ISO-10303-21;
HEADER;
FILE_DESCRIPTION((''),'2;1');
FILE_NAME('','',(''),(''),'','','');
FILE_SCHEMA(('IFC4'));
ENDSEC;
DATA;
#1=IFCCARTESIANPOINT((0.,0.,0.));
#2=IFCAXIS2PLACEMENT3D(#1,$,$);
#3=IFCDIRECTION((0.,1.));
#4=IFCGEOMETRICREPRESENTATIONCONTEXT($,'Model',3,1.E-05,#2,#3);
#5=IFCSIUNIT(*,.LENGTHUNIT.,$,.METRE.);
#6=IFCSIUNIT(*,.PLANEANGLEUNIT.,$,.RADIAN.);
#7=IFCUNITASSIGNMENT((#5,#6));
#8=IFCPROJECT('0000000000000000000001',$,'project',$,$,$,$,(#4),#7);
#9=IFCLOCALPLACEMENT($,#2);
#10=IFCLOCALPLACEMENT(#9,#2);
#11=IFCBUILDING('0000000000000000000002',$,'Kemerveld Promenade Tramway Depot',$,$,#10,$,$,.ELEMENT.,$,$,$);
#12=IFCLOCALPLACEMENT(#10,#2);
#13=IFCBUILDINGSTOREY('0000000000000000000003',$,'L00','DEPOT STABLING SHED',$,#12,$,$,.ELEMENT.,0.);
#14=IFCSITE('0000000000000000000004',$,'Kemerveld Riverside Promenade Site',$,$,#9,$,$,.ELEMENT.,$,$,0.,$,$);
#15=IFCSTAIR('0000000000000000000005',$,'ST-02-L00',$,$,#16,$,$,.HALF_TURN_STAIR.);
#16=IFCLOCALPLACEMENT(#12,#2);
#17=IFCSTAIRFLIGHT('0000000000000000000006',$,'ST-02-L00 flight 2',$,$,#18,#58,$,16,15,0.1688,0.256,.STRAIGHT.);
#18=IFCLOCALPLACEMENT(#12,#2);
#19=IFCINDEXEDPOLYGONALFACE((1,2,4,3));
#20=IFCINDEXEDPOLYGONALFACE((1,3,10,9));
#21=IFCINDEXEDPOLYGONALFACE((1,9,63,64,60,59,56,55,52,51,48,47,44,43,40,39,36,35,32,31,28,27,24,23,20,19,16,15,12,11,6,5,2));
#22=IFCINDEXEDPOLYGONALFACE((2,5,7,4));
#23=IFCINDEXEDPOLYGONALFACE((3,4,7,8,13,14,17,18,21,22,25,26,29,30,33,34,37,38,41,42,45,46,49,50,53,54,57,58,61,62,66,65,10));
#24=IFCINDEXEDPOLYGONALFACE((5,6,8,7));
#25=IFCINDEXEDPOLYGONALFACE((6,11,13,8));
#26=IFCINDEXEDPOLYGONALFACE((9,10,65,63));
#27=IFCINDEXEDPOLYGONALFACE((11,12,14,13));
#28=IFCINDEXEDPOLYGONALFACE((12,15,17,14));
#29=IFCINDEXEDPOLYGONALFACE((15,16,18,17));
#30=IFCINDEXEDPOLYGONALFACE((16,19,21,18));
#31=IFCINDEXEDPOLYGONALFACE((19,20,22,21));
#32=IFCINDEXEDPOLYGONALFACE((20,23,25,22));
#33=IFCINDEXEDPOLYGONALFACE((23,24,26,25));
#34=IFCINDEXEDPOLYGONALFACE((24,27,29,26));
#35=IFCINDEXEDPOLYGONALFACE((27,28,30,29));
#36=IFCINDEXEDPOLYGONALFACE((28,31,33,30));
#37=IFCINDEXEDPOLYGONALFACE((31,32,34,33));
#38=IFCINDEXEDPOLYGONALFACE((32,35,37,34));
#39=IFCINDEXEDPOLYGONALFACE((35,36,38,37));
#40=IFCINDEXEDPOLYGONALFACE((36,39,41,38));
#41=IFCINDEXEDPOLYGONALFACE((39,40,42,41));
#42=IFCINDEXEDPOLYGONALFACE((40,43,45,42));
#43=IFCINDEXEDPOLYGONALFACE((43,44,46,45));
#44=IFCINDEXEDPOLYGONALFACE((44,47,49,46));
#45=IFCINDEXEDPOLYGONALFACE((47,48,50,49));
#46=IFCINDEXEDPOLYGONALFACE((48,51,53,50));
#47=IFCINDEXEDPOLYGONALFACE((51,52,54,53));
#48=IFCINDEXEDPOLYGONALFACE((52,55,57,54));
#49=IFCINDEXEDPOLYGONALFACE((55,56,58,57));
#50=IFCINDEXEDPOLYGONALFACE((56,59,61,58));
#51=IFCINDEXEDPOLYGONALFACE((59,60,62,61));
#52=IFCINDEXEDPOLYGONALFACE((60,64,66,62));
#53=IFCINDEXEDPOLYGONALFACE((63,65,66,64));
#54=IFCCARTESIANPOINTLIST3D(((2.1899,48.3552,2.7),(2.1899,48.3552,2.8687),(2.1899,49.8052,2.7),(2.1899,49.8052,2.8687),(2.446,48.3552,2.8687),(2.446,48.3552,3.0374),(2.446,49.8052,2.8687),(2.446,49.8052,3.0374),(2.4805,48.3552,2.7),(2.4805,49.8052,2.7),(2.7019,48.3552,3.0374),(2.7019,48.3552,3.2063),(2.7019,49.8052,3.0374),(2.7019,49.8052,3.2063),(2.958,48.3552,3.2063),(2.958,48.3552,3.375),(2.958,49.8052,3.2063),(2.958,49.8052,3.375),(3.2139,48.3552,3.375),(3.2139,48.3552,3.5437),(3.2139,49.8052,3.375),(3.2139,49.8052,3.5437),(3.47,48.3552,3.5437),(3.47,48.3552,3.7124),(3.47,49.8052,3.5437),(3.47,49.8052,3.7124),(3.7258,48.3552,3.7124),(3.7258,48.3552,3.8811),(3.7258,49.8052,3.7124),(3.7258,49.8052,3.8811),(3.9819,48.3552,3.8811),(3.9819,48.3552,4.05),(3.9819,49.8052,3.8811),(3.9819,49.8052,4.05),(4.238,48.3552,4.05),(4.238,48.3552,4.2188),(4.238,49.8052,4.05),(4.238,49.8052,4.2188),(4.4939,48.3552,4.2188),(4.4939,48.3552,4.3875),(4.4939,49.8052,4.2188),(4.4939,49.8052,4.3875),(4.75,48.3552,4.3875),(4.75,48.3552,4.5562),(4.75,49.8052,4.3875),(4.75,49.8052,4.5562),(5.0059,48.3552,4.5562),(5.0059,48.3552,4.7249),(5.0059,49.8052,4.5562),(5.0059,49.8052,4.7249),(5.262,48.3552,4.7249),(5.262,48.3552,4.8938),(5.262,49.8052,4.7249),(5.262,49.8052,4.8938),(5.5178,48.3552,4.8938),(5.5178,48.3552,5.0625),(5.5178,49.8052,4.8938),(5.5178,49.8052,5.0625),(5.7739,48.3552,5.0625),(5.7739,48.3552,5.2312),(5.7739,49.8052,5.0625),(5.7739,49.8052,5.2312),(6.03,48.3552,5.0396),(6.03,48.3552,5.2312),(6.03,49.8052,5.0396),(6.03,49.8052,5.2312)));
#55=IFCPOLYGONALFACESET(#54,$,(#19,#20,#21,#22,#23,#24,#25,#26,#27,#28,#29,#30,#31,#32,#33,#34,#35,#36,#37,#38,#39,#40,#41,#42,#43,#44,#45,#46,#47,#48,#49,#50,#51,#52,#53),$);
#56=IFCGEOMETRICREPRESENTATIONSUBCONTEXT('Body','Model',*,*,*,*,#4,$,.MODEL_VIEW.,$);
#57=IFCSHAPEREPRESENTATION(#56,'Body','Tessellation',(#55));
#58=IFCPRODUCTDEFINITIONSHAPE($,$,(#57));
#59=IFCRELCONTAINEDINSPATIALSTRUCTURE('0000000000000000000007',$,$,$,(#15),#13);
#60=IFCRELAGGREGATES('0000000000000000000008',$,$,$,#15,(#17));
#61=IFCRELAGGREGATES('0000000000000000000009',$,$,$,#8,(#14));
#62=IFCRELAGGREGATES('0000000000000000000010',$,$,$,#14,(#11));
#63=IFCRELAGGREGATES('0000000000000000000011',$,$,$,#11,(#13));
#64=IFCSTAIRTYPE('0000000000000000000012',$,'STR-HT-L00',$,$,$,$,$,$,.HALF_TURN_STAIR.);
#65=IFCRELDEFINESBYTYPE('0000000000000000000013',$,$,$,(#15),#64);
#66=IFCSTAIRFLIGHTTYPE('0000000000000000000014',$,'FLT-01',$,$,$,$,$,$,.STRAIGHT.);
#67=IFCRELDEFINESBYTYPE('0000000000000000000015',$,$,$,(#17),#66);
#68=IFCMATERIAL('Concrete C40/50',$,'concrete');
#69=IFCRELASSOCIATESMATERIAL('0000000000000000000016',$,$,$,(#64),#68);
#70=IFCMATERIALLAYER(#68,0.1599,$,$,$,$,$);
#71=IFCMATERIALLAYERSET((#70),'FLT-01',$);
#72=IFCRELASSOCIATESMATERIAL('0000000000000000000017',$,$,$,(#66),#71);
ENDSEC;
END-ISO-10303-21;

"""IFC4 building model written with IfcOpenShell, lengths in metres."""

from ifc_helpers import new_model, si_unit, direction, frame, origin, place, context, subcontext, project, spatial, polyline, outline, extrude, material, layer, layer_set, type_object, element, aggregate, save


model = new_model("IFC4")

# Units and contexts
model_context = context("Model", 3, precision=1e-05, world=origin(), true_north=direction((0.0, 1.0)))
body_context = subcontext(model_context, "Body", "Model", "MODEL_VIEW")
ifc_project = project(units=[si_unit("LENGTHUNIT", "METRE"), si_unit("PLANEANGLEUNIT", "RADIAN")], contexts=[model_context])

# Site, building, storey
site_placement = place(None, origin())
site = spatial("IfcSite", under=ifc_project, at=site_placement, Name="Kemerveld Riverside Promenade Site", CompositionType="ELEMENT", RefElevation=0.0)
building_placement = place(site_placement, origin())
building = spatial("IfcBuilding", under=site, at=building_placement, Name="Kemerveld Promenade Tramway Depot", CompositionType="ELEMENT")
storey_placement = place(building_placement, origin())
storey = spatial("IfcBuildingStorey", under=building, at=storey_placement, Name="L00", Description="DEPOT STABLING SHED", CompositionType="ELEMENT", Elevation=0.0)

# Shared definitions
ifc_material_1 = material(Name="Concrete C40/50", Category="concrete")

# Stair, stair flight
stair_type = type_object("IfcStairType", Name="STR-HT-L00", PredefinedType="HALF_TURN_STAIR", material=ifc_material_1)
stair_placement = place(storey_placement, origin())
stair = element("IfcStair", 1, at=stair_placement, inside=storey, type_object=stair_type, Name="ST-02-L00", PredefinedType="HALF_TURN_STAIR")
ifc_layer_1 = layer(ifc_material_1, 0.1599)
ifc_layer_set_1 = layer_set([ifc_layer_1], Name="FLT-01")
stair_flight_type = type_object("IfcStairFlightType", Name="FLT-01", PredefinedType="STRAIGHT", material=ifc_layer_set_1)
stair_flight_placement = place(storey_placement, frame((2.1899, 49.0801, 2.7), z_axis=(0.0, 0.0, 1.0), x_axis=(1.0, 0.0, 0.0)))
stair_flight = element("IfcStairFlight", 2, at=stair_flight_placement, type_object=stair_flight_type, Name="ST-02-L00 flight 2", NumberOfRisers=16, NumberOfTreads=15, PredefinedType="STRAIGHT", RiserHeight=0.1688, TreadLength=0.256, context=body_context, shape_type="SweptSolid", body=[
    extrude(outline(polyline([(0.0, 0.0), (0.0, 0.1687), (0.2561, 0.1687), (0.2561, 0.3374), (0.512, 0.3374), (0.512, 0.5063), (0.7681, 0.5063), (0.7681, 0.675), (1.0239, 0.675), (1.0239, 0.8438), (1.28, 0.8438), (1.28, 1.0125), (1.5359, 1.0125), (1.5359, 1.1812), (1.792, 1.1812), (1.792, 1.3501), (2.0481, 1.3501), (2.0481, 1.5188), (2.304, 1.5188), (2.304, 1.6875), (2.5601, 1.6875), (2.5601, 1.8562), (2.8159, 1.8562), (2.8159, 2.0249), (3.072, 2.0249), (3.072, 2.1938), (3.3279, 2.1938), (3.3279, 2.3625), (3.584, 2.3625), (3.584, 2.5312), (3.8401, 2.5312), (3.8401, 2.7), (3.8401, 2.3396), (0.2905, 0.0), (0.0, 0.0)])), frame((0.0, 0.7251, 0.0), z_axis=(0.0, -1.0, 0.0), x_axis=(1.0, 0.0, 0.0)), (0.0, 0.0, 1.0), 1.45),
])
aggregate(stair, [stair_flight])

save(model, "model.ifc")
